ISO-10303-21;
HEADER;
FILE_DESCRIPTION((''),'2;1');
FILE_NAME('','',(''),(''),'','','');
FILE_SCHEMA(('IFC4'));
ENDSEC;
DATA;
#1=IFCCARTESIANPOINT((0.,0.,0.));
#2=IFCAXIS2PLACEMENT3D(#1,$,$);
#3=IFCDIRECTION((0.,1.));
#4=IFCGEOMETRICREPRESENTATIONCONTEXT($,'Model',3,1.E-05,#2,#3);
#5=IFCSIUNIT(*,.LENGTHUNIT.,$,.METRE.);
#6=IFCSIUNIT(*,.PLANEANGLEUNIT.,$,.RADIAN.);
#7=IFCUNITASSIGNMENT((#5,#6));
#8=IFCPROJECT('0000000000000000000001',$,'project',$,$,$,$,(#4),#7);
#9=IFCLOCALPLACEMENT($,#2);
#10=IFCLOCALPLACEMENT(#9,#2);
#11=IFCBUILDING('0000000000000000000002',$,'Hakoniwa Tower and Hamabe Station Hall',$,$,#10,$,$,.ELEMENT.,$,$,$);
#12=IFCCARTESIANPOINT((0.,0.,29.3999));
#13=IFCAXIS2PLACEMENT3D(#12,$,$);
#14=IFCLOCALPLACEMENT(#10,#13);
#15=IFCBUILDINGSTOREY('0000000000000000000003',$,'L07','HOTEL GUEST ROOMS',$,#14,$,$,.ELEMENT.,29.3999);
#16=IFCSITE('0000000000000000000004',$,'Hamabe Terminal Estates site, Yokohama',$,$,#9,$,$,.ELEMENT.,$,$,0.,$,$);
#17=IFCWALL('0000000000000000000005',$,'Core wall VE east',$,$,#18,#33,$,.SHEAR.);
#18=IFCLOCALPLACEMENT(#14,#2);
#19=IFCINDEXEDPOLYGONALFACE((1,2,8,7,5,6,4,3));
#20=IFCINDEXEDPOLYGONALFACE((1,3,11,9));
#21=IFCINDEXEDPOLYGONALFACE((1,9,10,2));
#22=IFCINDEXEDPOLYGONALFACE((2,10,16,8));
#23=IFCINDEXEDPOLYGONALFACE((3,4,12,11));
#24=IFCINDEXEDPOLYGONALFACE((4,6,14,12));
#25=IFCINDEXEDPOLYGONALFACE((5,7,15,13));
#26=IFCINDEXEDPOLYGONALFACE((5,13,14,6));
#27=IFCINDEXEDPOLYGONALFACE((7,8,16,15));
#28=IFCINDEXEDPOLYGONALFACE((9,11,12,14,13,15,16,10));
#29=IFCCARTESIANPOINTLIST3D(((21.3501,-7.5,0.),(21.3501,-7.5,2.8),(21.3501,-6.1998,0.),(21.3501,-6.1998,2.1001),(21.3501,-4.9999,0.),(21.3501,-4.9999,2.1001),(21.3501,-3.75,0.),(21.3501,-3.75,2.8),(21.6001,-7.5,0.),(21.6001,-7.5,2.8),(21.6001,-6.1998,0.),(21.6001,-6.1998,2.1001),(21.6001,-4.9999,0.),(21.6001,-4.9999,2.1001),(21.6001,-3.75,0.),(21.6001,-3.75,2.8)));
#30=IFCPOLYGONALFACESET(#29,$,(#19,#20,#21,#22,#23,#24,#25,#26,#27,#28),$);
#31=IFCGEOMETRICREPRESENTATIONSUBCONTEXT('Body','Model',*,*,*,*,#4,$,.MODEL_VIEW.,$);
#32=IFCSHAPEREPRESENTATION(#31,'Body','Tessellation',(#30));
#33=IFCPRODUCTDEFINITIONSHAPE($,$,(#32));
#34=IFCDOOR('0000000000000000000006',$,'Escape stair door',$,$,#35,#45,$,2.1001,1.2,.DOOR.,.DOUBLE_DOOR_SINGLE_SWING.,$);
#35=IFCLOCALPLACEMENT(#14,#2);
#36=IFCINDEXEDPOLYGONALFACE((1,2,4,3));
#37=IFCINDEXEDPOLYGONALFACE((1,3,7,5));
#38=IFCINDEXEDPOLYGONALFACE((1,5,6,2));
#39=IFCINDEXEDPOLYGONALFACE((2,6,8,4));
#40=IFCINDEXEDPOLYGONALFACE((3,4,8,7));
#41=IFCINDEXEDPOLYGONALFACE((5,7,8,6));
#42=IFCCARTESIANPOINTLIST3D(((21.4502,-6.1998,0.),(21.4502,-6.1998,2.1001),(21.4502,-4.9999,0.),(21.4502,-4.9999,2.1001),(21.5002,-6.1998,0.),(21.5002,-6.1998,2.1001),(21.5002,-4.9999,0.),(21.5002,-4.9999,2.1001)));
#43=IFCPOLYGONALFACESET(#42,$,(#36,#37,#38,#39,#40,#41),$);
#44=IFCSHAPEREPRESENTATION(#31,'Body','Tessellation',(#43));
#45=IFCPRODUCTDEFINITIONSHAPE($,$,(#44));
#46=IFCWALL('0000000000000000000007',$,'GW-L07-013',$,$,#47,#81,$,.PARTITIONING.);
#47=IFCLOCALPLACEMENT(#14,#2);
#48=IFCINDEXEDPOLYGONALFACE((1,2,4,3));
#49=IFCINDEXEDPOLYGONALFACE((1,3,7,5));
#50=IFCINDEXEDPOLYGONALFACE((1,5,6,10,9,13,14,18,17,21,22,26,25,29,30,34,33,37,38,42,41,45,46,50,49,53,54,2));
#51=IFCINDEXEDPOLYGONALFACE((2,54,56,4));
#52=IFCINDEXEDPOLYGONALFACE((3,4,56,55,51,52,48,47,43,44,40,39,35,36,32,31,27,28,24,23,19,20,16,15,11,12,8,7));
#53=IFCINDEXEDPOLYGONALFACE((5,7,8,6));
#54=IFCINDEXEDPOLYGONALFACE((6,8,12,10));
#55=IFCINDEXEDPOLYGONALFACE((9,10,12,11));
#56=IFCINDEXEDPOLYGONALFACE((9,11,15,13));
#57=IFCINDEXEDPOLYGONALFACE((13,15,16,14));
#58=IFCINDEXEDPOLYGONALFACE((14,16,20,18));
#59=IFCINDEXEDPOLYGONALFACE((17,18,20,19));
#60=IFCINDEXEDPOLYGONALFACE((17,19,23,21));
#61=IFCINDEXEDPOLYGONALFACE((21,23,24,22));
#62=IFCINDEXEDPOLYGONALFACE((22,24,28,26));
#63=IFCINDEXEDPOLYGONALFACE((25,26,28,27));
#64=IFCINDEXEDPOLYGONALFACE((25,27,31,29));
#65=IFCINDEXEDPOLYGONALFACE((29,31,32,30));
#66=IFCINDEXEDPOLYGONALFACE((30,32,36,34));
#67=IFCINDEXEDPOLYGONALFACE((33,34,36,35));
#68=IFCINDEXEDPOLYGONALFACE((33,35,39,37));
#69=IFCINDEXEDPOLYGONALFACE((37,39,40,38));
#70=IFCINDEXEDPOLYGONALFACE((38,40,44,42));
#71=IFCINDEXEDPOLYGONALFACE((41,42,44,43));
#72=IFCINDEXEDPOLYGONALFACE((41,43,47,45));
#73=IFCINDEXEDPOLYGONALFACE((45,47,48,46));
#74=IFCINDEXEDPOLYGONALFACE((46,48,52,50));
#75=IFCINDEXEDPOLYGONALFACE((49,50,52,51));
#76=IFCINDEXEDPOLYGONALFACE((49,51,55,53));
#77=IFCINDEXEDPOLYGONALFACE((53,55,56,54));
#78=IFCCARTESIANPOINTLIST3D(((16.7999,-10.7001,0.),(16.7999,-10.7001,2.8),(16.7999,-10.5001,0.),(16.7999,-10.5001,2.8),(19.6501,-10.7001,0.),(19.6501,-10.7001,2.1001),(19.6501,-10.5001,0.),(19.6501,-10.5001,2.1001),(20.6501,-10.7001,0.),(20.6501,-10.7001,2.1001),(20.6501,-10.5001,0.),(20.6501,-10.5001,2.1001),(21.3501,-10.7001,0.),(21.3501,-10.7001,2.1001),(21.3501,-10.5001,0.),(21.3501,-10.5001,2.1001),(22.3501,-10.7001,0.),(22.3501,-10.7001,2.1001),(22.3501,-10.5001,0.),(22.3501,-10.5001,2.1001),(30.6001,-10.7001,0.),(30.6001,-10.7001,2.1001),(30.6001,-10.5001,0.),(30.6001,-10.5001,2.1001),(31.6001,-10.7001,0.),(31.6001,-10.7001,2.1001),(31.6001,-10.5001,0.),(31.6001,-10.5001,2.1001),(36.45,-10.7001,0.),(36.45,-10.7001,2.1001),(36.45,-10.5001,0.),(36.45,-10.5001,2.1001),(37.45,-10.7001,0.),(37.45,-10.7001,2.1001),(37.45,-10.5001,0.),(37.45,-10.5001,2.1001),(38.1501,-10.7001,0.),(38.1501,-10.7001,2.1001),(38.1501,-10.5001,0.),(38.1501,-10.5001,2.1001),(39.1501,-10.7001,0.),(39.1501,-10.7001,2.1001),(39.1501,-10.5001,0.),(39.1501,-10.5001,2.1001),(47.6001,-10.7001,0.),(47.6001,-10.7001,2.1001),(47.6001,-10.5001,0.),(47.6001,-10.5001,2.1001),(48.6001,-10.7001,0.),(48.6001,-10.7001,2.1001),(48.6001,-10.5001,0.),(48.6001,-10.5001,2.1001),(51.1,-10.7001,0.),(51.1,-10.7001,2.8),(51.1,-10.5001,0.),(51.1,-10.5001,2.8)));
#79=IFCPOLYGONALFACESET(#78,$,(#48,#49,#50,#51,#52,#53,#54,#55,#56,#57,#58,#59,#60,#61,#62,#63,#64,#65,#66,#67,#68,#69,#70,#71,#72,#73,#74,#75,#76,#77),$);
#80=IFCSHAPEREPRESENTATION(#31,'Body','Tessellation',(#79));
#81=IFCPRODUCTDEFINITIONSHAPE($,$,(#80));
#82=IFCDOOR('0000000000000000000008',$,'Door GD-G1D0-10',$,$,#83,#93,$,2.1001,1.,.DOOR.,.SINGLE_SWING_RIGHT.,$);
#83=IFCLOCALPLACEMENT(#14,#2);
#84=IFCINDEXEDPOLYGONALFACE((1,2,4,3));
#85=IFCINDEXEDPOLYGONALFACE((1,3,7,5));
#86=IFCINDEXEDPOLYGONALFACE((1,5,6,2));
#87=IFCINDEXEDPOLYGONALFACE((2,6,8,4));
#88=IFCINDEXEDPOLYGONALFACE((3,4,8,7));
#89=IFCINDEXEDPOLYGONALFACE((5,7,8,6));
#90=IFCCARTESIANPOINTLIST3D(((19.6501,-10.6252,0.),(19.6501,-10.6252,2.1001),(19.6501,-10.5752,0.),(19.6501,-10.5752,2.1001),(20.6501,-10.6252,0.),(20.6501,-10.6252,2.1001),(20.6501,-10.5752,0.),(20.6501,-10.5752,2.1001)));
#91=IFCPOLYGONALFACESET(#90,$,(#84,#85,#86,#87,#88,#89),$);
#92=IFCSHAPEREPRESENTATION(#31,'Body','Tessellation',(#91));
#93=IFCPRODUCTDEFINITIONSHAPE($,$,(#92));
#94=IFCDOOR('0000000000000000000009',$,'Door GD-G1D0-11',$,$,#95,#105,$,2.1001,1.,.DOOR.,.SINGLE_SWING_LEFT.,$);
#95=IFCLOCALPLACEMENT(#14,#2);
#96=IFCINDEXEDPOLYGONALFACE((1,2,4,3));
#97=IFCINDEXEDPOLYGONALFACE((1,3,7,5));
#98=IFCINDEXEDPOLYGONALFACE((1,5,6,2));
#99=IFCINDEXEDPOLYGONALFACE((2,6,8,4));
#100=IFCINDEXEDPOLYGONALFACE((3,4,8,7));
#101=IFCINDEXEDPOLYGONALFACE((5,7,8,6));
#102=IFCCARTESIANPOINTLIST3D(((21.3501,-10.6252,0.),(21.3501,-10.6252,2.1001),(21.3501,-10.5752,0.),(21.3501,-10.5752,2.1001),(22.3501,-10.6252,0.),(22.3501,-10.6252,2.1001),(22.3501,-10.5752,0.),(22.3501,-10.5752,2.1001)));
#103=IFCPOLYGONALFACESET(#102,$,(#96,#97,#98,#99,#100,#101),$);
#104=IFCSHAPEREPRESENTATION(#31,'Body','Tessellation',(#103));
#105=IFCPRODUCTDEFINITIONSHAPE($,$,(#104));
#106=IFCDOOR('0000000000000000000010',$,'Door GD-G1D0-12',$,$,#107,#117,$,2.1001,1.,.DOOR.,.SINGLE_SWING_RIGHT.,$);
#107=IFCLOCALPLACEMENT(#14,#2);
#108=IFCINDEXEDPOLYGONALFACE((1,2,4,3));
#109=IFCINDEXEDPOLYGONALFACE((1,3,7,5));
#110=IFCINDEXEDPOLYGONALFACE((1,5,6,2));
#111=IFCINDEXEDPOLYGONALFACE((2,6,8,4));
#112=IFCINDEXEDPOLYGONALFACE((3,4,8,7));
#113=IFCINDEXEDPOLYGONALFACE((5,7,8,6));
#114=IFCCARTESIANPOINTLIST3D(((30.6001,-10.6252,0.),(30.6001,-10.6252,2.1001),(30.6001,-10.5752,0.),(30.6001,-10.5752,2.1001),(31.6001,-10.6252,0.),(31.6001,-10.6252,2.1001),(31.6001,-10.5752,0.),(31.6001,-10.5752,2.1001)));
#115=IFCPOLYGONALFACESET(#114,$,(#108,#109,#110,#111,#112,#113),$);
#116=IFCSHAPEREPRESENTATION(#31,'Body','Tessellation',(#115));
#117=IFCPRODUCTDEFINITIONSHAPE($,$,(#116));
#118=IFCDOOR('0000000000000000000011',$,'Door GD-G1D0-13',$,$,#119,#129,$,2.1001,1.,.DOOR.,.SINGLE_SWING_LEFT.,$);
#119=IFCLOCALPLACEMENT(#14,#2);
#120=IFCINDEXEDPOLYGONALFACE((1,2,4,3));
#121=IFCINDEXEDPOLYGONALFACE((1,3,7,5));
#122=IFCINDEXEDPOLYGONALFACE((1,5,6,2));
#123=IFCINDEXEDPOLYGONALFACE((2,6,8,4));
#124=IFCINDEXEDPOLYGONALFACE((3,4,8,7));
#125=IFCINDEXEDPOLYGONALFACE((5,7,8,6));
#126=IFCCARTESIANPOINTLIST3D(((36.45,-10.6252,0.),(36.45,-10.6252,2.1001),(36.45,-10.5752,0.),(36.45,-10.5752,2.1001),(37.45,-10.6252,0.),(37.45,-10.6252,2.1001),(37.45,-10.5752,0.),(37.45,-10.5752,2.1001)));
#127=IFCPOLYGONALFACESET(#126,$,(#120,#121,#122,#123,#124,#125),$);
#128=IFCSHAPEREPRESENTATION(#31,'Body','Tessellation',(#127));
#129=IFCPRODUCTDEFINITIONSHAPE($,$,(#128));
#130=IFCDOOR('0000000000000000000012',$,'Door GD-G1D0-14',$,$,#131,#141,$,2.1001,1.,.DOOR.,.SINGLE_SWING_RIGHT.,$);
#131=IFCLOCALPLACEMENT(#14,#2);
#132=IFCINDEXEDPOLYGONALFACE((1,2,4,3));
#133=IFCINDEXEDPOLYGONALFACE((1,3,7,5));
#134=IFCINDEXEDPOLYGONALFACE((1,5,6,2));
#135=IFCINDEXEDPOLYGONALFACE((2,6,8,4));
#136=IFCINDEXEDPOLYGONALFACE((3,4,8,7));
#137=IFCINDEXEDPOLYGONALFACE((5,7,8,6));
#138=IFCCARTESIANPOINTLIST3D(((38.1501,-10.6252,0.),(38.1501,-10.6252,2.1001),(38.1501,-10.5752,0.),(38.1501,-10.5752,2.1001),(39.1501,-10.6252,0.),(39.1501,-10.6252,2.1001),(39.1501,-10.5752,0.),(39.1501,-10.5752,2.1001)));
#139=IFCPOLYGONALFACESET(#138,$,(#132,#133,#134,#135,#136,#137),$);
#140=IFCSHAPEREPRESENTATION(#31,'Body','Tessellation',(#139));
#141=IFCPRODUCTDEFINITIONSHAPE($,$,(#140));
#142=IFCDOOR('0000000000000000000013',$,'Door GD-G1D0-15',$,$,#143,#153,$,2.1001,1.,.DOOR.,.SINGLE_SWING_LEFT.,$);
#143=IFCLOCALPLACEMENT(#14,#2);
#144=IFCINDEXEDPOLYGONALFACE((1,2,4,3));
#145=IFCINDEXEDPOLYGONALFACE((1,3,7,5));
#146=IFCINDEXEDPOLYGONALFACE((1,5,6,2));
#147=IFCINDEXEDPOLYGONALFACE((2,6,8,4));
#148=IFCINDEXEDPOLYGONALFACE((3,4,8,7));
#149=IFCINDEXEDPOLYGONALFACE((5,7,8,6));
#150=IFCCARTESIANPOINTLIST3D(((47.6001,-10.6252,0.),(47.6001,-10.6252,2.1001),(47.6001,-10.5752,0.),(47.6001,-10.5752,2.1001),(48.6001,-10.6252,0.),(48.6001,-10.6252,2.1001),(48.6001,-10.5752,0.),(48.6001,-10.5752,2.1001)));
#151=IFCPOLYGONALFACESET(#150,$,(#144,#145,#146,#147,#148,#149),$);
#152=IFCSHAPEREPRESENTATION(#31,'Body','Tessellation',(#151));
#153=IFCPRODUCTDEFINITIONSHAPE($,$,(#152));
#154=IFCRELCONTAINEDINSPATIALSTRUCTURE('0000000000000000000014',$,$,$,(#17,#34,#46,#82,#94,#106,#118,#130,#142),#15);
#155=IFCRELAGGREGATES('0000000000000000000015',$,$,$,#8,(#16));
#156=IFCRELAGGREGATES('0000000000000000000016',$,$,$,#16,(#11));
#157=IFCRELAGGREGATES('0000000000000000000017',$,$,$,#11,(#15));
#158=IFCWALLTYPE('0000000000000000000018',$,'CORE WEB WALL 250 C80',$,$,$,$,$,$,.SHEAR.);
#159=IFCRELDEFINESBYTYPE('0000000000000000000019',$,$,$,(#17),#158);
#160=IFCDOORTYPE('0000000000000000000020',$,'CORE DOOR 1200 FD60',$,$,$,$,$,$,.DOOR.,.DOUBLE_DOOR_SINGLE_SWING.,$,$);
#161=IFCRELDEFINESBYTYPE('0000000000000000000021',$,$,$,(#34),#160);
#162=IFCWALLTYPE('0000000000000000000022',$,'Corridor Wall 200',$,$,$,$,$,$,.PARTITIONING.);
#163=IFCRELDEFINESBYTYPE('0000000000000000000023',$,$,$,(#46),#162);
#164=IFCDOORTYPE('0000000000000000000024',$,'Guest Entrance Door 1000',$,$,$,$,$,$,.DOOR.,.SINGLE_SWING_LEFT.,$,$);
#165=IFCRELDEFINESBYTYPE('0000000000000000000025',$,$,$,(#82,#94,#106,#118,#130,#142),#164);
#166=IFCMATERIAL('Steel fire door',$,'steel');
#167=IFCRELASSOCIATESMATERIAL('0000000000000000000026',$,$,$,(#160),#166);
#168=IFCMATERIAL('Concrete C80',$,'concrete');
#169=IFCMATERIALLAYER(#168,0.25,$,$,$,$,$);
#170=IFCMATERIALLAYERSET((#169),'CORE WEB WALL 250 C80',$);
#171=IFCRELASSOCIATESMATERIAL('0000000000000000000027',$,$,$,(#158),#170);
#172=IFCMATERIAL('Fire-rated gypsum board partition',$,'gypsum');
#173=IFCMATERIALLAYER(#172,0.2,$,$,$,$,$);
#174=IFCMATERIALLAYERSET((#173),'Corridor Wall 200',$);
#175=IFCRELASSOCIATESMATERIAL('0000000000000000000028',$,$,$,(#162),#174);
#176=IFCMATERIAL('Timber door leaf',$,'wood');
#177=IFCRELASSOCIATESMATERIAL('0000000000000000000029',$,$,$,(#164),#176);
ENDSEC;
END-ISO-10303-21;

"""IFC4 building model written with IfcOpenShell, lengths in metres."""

from ifc_helpers import new_model, si_unit, direction, frame, frame_2d, origin, place, context, subcontext, project, spatial, rectangle, extrude, material, layer, layer_set, type_object, element, fill, save


model = new_model("IFC4")

# Units and contexts
model_context = context("Model", 3, precision=1e-05, world=origin(), true_north=direction((0.0, 1.0)))
body_context = subcontext(model_context, "Body", "Model", "MODEL_VIEW")
ifc_project = project(units=[si_unit("LENGTHUNIT", "METRE"), si_unit("PLANEANGLEUNIT", "RADIAN")], contexts=[model_context])

# Site, building, storey
site_placement = place(None, origin())
site = spatial("IfcSite", under=ifc_project, at=site_placement, Name="Hamabe Terminal Estates site, Yokohama", CompositionType="ELEMENT", RefElevation=0.0)
building_placement = place(site_placement, origin())
building = spatial("IfcBuilding", under=site, at=building_placement, Name="Hakoniwa Tower and Hamabe Station Hall", CompositionType="ELEMENT")
storey_placement = place(building_placement, frame((0.0, 0.0, 29.3999)))
storey = spatial("IfcBuildingStorey", under=building, at=storey_placement, Name="L07", Description="HOTEL GUEST ROOMS", CompositionType="ELEMENT", Elevation=29.3999)

# Shared definitions
ifc_material_1 = material(Name="Steel fire door", Category="steel")
door_type_1 = type_object("IfcDoorType", Name="CORE DOOR 1200 FD60", OperationType="DOUBLE_DOOR_SINGLE_SWING", PredefinedType="DOOR", material=ifc_material_1)

# Shared definitions
ifc_material_2 = material(Name="Concrete C80", Category="concrete")
ifc_layer_1 = layer(ifc_material_2, 0.25)
ifc_layer_set_1 = layer_set([ifc_layer_1], Name="CORE WEB WALL 250 C80")
wall_type_1 = type_object("IfcWallType", Name="CORE WEB WALL 250 C80", PredefinedType="SHEAR", material=ifc_layer_set_1)

# Wall, opening, door
wall_1_placement = place(storey_placement, frame((21.4751, -7.5, 0.0), z_axis=(0.0, 0.0, 1.0), x_axis=(0.0, 1.0, 0.0)))
wall_1 = element("IfcWall", 1, at=wall_1_placement, inside=storey, type_object=wall_type_1, Name="Core wall VE east", PredefinedType="SHEAR", context=body_context, shape_type="SweptSolid", body=[
    extrude(rectangle(XDim=3.75, YDim=0.25, at=frame_2d((1.875, 0.0))), origin(), (0.0, 0.0, 1.0), 2.8),
])
opening_1_placement = place(wall_1_placement, frame((1.3, 0.0, 0.0)))
opening_1 = element("IfcOpeningElement", 2, at=opening_1_placement, cuts=wall_1, PredefinedType="OPENING", context=body_context, shape_type="SweptSolid", body=[
    extrude(rectangle(XDim=1.2, YDim=2.1001, at=frame_2d((0.6001, 1.05))), frame((0.0, 0.135, 0.0), z_axis=(0.0, -1.0, 0.0), x_axis=(1.0, 0.0, 0.0)), (0.0, 0.0, 1.0), 0.27),
])
door_1_placement = place(opening_1_placement, origin())
door_1 = element("IfcDoor", 3, at=door_1_placement, inside=storey, type_object=door_type_1, Name="Escape stair door", OperationType="DOUBLE_DOOR_SINGLE_SWING", OverallHeight=2.1001, OverallWidth=1.2, PredefinedType="DOOR", context=body_context, shape_type="SweptSolid", body=[
    extrude(rectangle(XDim=1.2, YDim=2.1001, at=frame_2d((0.6001, 1.05))), frame((0.0, 0.0249, 0.0), z_axis=(0.0, -1.0, 0.0), x_axis=(1.0, 0.0, 0.0)), (0.0, 0.0, 1.0), 0.05),
])
fill(opening_1, door_1)

# Wall, openings, doors
ifc_material_3 = material(Name="Fire-rated gypsum board partition", Category="gypsum")
ifc_layer_2 = layer(ifc_material_3, 0.2)
ifc_layer_set_2 = layer_set([ifc_layer_2], Name="Corridor Wall 200")
wall_type_2 = type_object("IfcWallType", Name="Corridor Wall 200", PredefinedType="PARTITIONING", material=ifc_layer_set_2)
wall_2_placement = place(storey_placement, frame((16.8, -10.6001, 0.0), z_axis=(0.0, 0.0, 1.0), x_axis=(1.0, 0.0, 0.0)))
wall_2 = element("IfcWall", 4, at=wall_2_placement, inside=storey, type_object=wall_type_2, Name="GW-L07-013", PredefinedType="PARTITIONING", context=body_context, shape_type="SweptSolid", body=[
    extrude(rectangle(XDim=34.3, YDim=0.2, at=frame_2d((17.1499, 0.0))), origin(), (0.0, 0.0, 1.0), 2.8),
])
opening_2_placement = place(wall_2_placement, frame((2.8501, 0.0, 0.0)))
opening_2 = element("IfcOpeningElement", 5, at=opening_2_placement, cuts=wall_2, PredefinedType="OPENING", context=body_context, shape_type="SweptSolid", body=[
    extrude(rectangle(XDim=1.0, YDim=2.1001, at=frame_2d((0.5, 1.05))), frame((0.0, 0.1099, 0.0), z_axis=(0.0, -1.0, 0.0), x_axis=(1.0, 0.0, 0.0)), (0.0, 0.0, 1.0), 0.22),
])
opening_3_placement = place(wall_2_placement, frame((4.55, 0.0, 0.0)))
opening_3 = element("IfcOpeningElement", 6, at=opening_3_placement, cuts=wall_2, PredefinedType="OPENING", context=body_context, shape_type="SweptSolid", body=[
    extrude(rectangle(XDim=1.0, YDim=2.1001, at=frame_2d((0.5, 1.05))), frame((0.0, 0.1099, 0.0), z_axis=(0.0, -1.0, 0.0), x_axis=(1.0, 0.0, 0.0)), (0.0, 0.0, 1.0), 0.22),
])
opening_4_placement = place(wall_2_placement, frame((13.8, 0.0, 0.0)))
opening_4 = element("IfcOpeningElement", 7, at=opening_4_placement, cuts=wall_2, PredefinedType="OPENING", context=body_context, shape_type="SweptSolid", body=[
    extrude(rectangle(XDim=1.0, YDim=2.1001, at=frame_2d((0.5, 1.05))), frame((0.0, 0.1099, 0.0), z_axis=(0.0, -1.0, 0.0), x_axis=(1.0, 0.0, 0.0)), (0.0, 0.0, 1.0), 0.22),
])
opening_5_placement = place(wall_2_placement, frame((19.6499, 0.0, 0.0)))
opening_5 = element("IfcOpeningElement", 8, at=opening_5_placement, cuts=wall_2, PredefinedType="OPENING", context=body_context, shape_type="SweptSolid", body=[
    extrude(rectangle(XDim=1.0, YDim=2.1001, at=frame_2d((0.5, 1.05))), frame((0.0, 0.1099, 0.0), z_axis=(0.0, -1.0, 0.0), x_axis=(1.0, 0.0, 0.0)), (0.0, 0.0, 1.0), 0.22),
])
opening_6_placement = place(wall_2_placement, frame((21.3501, 0.0, 0.0)))
opening_6 = element("IfcOpeningElement", 9, at=opening_6_placement, cuts=wall_2, PredefinedType="OPENING", context=body_context, shape_type="SweptSolid", body=[
    extrude(rectangle(XDim=1.0, YDim=2.1001, at=frame_2d((0.5, 1.05))), frame((0.0, 0.1099, 0.0), z_axis=(0.0, -1.0, 0.0), x_axis=(1.0, 0.0, 0.0)), (0.0, 0.0, 1.0), 0.22),
])
opening_7_placement = place(wall_2_placement, frame((30.8, 0.0, 0.0)))
opening_7 = element("IfcOpeningElement", 10, at=opening_7_placement, cuts=wall_2, PredefinedType="OPENING", context=body_context, shape_type="SweptSolid", body=[
    extrude(rectangle(XDim=1.0, YDim=2.1001, at=frame_2d((0.5, 1.05))), frame((0.0, 0.1099, 0.0), z_axis=(0.0, -1.0, 0.0), x_axis=(1.0, 0.0, 0.0)), (0.0, 0.0, 1.0), 0.22),
])
ifc_material_4 = material(Name="Timber door leaf", Category="wood")
door_type_2 = type_object("IfcDoorType", Name="Guest Entrance Door 1000", OperationType="SINGLE_SWING_LEFT", PredefinedType="DOOR", material=ifc_material_4)
door_2_placement = place(opening_2_placement, origin())
door_2 = element("IfcDoor", 11, at=door_2_placement, inside=storey, type_object=door_type_2, Name="Door GD-G1D0-10", OperationType="SINGLE_SWING_RIGHT", OverallHeight=2.1001, OverallWidth=1.0, PredefinedType="DOOR", context=body_context, shape_type="SweptSolid", body=[
    extrude(rectangle(XDim=1.0, YDim=2.1001, at=frame_2d((0.5, 1.05))), frame((0.0, 0.0249, 0.0), z_axis=(0.0, -1.0, 0.0), x_axis=(1.0, 0.0, 0.0)), (0.0, 0.0, 1.0), 0.05),
])
fill(opening_2, door_2)
door_3_placement = place(opening_3_placement, origin())
door_3 = element("IfcDoor", 12, at=door_3_placement, inside=storey, type_object=door_type_2, Name="Door GD-G1D0-11", OperationType="SINGLE_SWING_LEFT", OverallHeight=2.1001, OverallWidth=1.0, PredefinedType="DOOR", context=body_context, shape_type="SweptSolid", body=[
    extrude(rectangle(XDim=1.0, YDim=2.1001, at=frame_2d((0.5, 1.05))), frame((0.0, 0.0249, 0.0), z_axis=(0.0, -1.0, 0.0), x_axis=(1.0, 0.0, 0.0)), (0.0, 0.0, 1.0), 0.05),
])
fill(opening_3, door_3)
door_4_placement = place(opening_4_placement, origin())
door_4 = element("IfcDoor", 13, at=door_4_placement, inside=storey, type_object=door_type_2, Name="Door GD-G1D0-12", OperationType="SINGLE_SWING_RIGHT", OverallHeight=2.1001, OverallWidth=1.0, PredefinedType="DOOR", context=body_context, shape_type="SweptSolid", body=[
    extrude(rectangle(XDim=1.0, YDim=2.1001, at=frame_2d((0.5, 1.05))), frame((0.0, 0.0249, 0.0), z_axis=(0.0, -1.0, 0.0), x_axis=(1.0, 0.0, 0.0)), (0.0, 0.0, 1.0), 0.05),
])
fill(opening_4, door_4)
door_5_placement = place(opening_5_placement, origin())
door_5 = element("IfcDoor", 14, at=door_5_placement, inside=storey, type_object=door_type_2, Name="Door GD-G1D0-13", OperationType="SINGLE_SWING_LEFT", OverallHeight=2.1001, OverallWidth=1.0, PredefinedType="DOOR", context=body_context, shape_type="SweptSolid", body=[
    extrude(rectangle(XDim=1.0, YDim=2.1001, at=frame_2d((0.5, 1.05))), frame((0.0, 0.0249, 0.0), z_axis=(0.0, -1.0, 0.0), x_axis=(1.0, 0.0, 0.0)), (0.0, 0.0, 1.0), 0.05),
])
fill(opening_5, door_5)
door_6_placement = place(opening_6_placement, origin())
door_6 = element("IfcDoor", 15, at=door_6_placement, inside=storey, type_object=door_type_2, Name="Door GD-G1D0-14", OperationType="SINGLE_SWING_RIGHT", OverallHeight=2.1001, OverallWidth=1.0, PredefinedType="DOOR", context=body_context, shape_type="SweptSolid", body=[
    extrude(rectangle(XDim=1.0, YDim=2.1001, at=frame_2d((0.5, 1.05))), frame((0.0, 0.0249, 0.0), z_axis=(0.0, -1.0, 0.0), x_axis=(1.0, 0.0, 0.0)), (0.0, 0.0, 1.0), 0.05),
])
fill(opening_6, door_6)
door_7_placement = place(opening_7_placement, origin())
door_7 = element("IfcDoor", 16, at=door_7_placement, inside=storey, type_object=door_type_2, Name="Door GD-G1D0-15", OperationType="SINGLE_SWING_LEFT", OverallHeight=2.1001, OverallWidth=1.0, PredefinedType="DOOR", context=body_context, shape_type="SweptSolid", body=[
    extrude(rectangle(XDim=1.0, YDim=2.1001, at=frame_2d((0.5, 1.05))), frame((0.0, 0.0249, 0.0), z_axis=(0.0, -1.0, 0.0), x_axis=(1.0, 0.0, 0.0)), (0.0, 0.0, 1.0), 0.05),
])
fill(opening_7, door_7)

save(model, "model.ifc")
